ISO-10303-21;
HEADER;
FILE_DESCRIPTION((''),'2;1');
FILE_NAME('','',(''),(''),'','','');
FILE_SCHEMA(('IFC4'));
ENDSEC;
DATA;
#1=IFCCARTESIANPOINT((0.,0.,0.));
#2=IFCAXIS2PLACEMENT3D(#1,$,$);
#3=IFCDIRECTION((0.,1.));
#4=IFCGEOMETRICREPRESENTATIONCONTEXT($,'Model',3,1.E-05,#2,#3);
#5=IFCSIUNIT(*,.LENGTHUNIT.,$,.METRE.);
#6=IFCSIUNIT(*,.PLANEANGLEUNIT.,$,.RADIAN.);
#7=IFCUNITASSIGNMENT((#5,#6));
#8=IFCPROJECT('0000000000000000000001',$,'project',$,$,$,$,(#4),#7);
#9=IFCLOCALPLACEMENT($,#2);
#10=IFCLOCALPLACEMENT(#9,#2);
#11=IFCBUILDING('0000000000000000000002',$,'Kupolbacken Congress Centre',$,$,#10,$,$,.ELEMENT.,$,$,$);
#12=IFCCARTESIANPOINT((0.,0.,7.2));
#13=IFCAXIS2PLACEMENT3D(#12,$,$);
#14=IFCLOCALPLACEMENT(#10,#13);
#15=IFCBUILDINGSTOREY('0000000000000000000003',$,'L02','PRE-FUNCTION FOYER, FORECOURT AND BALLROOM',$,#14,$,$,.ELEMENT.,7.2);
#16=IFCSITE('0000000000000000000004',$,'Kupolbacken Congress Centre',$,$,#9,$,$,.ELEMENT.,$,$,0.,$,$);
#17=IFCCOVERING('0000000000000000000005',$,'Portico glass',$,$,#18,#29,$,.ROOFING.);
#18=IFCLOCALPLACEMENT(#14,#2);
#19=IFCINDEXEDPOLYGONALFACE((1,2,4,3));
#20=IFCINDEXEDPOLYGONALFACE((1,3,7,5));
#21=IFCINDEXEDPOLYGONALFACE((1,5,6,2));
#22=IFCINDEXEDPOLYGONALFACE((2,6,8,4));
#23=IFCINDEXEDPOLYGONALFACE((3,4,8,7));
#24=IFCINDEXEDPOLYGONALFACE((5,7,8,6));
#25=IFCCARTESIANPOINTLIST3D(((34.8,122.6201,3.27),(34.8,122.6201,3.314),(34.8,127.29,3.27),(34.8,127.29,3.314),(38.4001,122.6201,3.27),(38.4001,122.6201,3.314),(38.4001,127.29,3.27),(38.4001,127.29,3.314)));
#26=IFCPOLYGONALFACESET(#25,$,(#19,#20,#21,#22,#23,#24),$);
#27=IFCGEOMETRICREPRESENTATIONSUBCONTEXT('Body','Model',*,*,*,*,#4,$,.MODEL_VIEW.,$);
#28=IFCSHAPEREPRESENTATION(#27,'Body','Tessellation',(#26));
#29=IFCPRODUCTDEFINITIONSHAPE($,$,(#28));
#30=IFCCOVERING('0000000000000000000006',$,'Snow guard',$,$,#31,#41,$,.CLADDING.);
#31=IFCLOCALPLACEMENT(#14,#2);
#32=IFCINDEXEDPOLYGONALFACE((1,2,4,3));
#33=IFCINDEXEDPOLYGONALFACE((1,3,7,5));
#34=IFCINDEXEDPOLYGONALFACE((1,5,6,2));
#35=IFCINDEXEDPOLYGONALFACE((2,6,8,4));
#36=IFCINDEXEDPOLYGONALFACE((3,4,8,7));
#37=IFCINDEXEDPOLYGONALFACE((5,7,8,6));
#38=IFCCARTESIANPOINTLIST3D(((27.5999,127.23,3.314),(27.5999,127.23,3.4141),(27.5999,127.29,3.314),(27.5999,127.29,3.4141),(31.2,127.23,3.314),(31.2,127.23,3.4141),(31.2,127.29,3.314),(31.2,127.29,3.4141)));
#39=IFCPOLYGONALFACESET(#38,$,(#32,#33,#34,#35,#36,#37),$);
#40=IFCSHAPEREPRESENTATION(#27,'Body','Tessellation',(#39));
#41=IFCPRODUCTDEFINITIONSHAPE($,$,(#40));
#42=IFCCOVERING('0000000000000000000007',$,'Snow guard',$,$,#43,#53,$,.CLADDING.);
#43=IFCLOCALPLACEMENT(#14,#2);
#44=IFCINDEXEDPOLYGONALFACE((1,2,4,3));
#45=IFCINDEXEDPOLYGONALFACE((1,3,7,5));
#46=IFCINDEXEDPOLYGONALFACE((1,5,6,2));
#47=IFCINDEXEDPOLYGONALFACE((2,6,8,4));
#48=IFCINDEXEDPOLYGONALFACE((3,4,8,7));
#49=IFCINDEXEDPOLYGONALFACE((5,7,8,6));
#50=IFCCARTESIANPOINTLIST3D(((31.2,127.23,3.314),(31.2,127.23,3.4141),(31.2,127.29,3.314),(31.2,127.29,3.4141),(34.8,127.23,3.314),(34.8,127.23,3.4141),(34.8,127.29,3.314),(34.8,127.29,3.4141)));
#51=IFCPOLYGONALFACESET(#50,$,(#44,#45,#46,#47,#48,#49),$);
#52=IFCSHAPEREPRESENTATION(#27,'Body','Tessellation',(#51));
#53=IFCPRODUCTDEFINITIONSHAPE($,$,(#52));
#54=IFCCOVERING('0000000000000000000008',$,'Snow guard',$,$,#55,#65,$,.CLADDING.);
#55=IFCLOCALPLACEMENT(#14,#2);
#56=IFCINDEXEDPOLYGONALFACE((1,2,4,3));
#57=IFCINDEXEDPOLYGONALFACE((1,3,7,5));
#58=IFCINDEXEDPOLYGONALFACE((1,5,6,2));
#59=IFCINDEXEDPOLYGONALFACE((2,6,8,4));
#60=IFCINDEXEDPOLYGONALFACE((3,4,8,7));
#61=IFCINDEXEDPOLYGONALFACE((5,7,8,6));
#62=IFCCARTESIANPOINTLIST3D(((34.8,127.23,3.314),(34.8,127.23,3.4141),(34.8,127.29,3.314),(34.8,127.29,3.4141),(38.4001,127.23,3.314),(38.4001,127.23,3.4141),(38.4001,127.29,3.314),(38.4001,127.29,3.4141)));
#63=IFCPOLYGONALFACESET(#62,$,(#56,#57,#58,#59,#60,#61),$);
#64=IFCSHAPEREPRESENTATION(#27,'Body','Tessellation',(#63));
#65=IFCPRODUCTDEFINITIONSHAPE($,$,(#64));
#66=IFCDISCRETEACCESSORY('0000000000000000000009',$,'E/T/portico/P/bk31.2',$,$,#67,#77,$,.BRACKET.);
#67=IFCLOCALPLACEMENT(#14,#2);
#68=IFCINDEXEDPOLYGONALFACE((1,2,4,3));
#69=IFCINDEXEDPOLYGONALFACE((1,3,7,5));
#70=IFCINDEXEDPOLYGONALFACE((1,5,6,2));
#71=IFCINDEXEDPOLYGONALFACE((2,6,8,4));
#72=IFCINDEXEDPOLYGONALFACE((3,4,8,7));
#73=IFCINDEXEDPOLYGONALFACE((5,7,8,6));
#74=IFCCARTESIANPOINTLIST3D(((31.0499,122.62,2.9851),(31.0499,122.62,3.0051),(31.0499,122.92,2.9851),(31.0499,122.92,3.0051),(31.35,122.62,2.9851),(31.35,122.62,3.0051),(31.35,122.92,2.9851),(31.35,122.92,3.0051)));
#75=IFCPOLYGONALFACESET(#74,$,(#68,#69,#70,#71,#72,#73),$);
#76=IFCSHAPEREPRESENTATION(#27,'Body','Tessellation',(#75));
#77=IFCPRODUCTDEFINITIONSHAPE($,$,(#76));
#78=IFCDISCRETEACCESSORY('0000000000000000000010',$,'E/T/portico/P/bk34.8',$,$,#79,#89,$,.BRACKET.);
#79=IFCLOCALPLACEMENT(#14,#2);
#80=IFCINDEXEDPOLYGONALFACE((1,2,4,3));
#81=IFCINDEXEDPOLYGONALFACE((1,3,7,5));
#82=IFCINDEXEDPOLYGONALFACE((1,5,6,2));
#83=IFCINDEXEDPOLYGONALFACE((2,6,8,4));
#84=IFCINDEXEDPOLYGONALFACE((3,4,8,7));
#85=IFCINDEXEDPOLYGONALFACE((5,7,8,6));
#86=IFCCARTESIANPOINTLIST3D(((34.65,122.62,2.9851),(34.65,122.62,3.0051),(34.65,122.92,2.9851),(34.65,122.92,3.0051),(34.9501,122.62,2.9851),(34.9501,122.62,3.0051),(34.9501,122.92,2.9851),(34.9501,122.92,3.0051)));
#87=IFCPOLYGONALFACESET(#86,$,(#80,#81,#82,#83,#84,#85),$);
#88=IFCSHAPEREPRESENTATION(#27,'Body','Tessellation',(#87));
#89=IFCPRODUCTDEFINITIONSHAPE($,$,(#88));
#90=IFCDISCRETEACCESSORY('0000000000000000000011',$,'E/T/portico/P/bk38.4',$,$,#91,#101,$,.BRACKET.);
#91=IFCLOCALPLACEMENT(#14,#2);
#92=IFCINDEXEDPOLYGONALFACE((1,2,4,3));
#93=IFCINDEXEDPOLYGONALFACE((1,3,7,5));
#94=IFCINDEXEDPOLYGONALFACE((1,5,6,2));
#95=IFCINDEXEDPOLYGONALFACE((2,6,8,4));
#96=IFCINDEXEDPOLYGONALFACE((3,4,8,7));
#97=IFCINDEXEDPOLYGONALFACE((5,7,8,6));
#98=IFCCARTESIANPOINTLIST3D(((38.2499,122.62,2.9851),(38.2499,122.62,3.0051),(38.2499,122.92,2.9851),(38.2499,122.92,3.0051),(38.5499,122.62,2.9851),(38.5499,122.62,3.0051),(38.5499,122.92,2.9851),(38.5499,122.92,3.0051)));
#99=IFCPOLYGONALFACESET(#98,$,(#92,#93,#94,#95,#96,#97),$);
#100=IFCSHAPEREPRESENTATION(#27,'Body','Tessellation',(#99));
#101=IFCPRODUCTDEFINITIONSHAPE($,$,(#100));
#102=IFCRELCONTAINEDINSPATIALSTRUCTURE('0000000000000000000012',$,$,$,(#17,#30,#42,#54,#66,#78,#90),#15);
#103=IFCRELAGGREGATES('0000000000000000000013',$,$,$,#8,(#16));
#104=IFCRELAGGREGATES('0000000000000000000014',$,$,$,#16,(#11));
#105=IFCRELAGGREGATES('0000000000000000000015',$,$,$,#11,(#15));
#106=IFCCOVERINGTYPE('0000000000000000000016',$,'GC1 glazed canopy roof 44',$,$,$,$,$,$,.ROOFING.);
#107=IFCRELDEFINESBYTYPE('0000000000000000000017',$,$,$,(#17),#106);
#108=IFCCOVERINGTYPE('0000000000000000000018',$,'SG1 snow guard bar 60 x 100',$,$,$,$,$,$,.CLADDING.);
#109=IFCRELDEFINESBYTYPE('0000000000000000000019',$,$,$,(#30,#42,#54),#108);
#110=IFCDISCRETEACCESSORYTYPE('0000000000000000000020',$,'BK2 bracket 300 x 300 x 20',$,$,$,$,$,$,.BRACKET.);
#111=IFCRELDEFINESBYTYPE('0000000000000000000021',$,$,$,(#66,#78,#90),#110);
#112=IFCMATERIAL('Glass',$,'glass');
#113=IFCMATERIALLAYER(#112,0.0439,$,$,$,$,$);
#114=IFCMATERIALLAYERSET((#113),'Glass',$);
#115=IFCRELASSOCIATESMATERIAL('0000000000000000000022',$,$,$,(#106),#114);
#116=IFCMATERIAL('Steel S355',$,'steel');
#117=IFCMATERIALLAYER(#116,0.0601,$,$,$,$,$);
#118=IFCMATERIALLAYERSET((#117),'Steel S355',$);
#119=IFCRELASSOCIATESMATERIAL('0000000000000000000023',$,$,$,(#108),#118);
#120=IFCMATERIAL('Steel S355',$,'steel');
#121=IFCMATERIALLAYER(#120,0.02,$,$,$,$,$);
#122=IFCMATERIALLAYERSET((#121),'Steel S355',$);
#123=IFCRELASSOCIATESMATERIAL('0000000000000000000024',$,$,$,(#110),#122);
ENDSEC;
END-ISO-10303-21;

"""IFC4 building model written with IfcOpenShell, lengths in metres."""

from ifc_helpers import new_model, si_unit, direction, frame, origin, origin_2d, place, context, subcontext, project, spatial, rectangle, extrude, material, layer, layer_set, type_object, element, save


model = new_model("IFC4")

# Units and contexts
model_context = context("Model", 3, precision=1e-05, world=origin(), true_north=direction((0.0, 1.0)))
body_context = subcontext(model_context, "Body", "Model", "MODEL_VIEW")
ifc_project = project(units=[si_unit("LENGTHUNIT", "METRE"), si_unit("PLANEANGLEUNIT", "RADIAN")], contexts=[model_context])

# Site, building, storey
site_placement = place(None, origin())
site = spatial("IfcSite", under=ifc_project, at=site_placement, Name="Kupolbacken Congress Centre", CompositionType="ELEMENT", RefElevation=0.0)
building_placement = place(site_placement, origin())
building = spatial("IfcBuilding", under=site, at=building_placement, Name="Kupolbacken Congress Centre", CompositionType="ELEMENT")
storey_placement = place(building_placement, frame((0.0, 0.0, 7.2)))
storey = spatial("IfcBuildingStorey", under=building, at=storey_placement, Name="L02", Description="PRE-FUNCTION FOYER, FORECOURT AND BALLROOM", CompositionType="ELEMENT", Elevation=7.2)

# Coverings
ifc_material_1 = material(Name="Glass", Category="glass")
ifc_layer_1 = layer(ifc_material_1, 0.0439)
ifc_layer_set_1 = layer_set([ifc_layer_1], Name="Glass")
covering_type_1 = type_object("IfcCoveringType", Name="GC1 glazed canopy roof 44", PredefinedType="ROOFING", material=ifc_layer_set_1)
for number, where, z_axis, x_axis, name in (
    (1, (36.6001, 124.9551, 3.27), (0.0, 0.0, 1.0), (1.0, 0.0, 0.0), "Portico glass"),
):
    element("IfcCovering", number, at=place(storey_placement, frame(where, z_axis=z_axis, x_axis=x_axis)), inside=storey, type_object=covering_type_1, Name=name, PredefinedType="ROOFING", context=body_context, shape_type="SweptSolid", body=[
        extrude(rectangle(XDim=3.6001, YDim=4.6699, at=origin_2d()), origin(), (0.0, 0.0, 1.0), 0.0439),
    ])
ifc_material_2 = material(Name="Steel S355", Category="steel")
ifc_layer_2 = layer(ifc_material_2, 0.0601)
ifc_layer_set_2 = layer_set([ifc_layer_2], Name="Steel S355")
covering_type_2 = type_object("IfcCoveringType", Name="SG1 snow guard bar 60 x 100", PredefinedType="CLADDING", material=ifc_layer_set_2)
for number, where, z_axis, x_axis, name in (
    (2, (29.3999, 127.26, 3.314), (0.0, 0.0, 1.0), (1.0, 0.0, 0.0), "Snow guard"),
    (3, (33.0, 127.26, 3.314), (0.0, 0.0, 1.0), (1.0, 0.0, 0.0), "Snow guard"),
    (4, (36.6001, 127.26, 3.314), (0.0, 0.0, 1.0), (1.0, 0.0, 0.0), "Snow guard"),
):
    element("IfcCovering", number, at=place(storey_placement, frame(where, z_axis=z_axis, x_axis=x_axis)), inside=storey, type_object=covering_type_2, Name=name, PredefinedType="CLADDING", context=body_context, shape_type="SweptSolid", body=[
        extrude(rectangle(XDim=3.6001, YDim=0.0601, at=origin_2d()), origin(), (0.0, 0.0, 1.0), 0.1001),
    ])

# Discrete accessories
ifc_material_3 = material(Name="Steel S355", Category="steel")
ifc_layer_3 = layer(ifc_material_3, 0.02)
ifc_layer_set_3 = layer_set([ifc_layer_3], Name="Steel S355")
discrete_accessory_type = type_object("IfcDiscreteAccessoryType", Name="BK2 bracket 300 x 300 x 20", PredefinedType="BRACKET", material=ifc_layer_set_3)
for number, where, z_axis, x_axis, name in (
    (5, (31.2, 122.77, 2.9851), (0.0, 0.0, 1.0), (1.0, 0.0, 0.0), "E/T/portico/P/bk31.2"),
    (6, (34.8, 122.77, 2.9851), (0.0, 0.0, 1.0), (1.0, 0.0, 0.0), "E/T/portico/P/bk34.8"),
    (7, (38.3999, 122.77, 2.9851), (0.0, 0.0, 1.0), (1.0, 0.0, 0.0), "E/T/portico/P/bk38.4"),
):
    element("IfcDiscreteAccessory", number, at=place(storey_placement, frame(where, z_axis=z_axis, x_axis=x_axis)), inside=storey, type_object=discrete_accessory_type, Name=name, PredefinedType="BRACKET", context=body_context, shape_type="SweptSolid", body=[
        extrude(rectangle(XDim=0.3, YDim=0.3, at=origin_2d()), origin(), (0.0, 0.0, 1.0), 0.02),
    ])

save(model, "model.ifc")
